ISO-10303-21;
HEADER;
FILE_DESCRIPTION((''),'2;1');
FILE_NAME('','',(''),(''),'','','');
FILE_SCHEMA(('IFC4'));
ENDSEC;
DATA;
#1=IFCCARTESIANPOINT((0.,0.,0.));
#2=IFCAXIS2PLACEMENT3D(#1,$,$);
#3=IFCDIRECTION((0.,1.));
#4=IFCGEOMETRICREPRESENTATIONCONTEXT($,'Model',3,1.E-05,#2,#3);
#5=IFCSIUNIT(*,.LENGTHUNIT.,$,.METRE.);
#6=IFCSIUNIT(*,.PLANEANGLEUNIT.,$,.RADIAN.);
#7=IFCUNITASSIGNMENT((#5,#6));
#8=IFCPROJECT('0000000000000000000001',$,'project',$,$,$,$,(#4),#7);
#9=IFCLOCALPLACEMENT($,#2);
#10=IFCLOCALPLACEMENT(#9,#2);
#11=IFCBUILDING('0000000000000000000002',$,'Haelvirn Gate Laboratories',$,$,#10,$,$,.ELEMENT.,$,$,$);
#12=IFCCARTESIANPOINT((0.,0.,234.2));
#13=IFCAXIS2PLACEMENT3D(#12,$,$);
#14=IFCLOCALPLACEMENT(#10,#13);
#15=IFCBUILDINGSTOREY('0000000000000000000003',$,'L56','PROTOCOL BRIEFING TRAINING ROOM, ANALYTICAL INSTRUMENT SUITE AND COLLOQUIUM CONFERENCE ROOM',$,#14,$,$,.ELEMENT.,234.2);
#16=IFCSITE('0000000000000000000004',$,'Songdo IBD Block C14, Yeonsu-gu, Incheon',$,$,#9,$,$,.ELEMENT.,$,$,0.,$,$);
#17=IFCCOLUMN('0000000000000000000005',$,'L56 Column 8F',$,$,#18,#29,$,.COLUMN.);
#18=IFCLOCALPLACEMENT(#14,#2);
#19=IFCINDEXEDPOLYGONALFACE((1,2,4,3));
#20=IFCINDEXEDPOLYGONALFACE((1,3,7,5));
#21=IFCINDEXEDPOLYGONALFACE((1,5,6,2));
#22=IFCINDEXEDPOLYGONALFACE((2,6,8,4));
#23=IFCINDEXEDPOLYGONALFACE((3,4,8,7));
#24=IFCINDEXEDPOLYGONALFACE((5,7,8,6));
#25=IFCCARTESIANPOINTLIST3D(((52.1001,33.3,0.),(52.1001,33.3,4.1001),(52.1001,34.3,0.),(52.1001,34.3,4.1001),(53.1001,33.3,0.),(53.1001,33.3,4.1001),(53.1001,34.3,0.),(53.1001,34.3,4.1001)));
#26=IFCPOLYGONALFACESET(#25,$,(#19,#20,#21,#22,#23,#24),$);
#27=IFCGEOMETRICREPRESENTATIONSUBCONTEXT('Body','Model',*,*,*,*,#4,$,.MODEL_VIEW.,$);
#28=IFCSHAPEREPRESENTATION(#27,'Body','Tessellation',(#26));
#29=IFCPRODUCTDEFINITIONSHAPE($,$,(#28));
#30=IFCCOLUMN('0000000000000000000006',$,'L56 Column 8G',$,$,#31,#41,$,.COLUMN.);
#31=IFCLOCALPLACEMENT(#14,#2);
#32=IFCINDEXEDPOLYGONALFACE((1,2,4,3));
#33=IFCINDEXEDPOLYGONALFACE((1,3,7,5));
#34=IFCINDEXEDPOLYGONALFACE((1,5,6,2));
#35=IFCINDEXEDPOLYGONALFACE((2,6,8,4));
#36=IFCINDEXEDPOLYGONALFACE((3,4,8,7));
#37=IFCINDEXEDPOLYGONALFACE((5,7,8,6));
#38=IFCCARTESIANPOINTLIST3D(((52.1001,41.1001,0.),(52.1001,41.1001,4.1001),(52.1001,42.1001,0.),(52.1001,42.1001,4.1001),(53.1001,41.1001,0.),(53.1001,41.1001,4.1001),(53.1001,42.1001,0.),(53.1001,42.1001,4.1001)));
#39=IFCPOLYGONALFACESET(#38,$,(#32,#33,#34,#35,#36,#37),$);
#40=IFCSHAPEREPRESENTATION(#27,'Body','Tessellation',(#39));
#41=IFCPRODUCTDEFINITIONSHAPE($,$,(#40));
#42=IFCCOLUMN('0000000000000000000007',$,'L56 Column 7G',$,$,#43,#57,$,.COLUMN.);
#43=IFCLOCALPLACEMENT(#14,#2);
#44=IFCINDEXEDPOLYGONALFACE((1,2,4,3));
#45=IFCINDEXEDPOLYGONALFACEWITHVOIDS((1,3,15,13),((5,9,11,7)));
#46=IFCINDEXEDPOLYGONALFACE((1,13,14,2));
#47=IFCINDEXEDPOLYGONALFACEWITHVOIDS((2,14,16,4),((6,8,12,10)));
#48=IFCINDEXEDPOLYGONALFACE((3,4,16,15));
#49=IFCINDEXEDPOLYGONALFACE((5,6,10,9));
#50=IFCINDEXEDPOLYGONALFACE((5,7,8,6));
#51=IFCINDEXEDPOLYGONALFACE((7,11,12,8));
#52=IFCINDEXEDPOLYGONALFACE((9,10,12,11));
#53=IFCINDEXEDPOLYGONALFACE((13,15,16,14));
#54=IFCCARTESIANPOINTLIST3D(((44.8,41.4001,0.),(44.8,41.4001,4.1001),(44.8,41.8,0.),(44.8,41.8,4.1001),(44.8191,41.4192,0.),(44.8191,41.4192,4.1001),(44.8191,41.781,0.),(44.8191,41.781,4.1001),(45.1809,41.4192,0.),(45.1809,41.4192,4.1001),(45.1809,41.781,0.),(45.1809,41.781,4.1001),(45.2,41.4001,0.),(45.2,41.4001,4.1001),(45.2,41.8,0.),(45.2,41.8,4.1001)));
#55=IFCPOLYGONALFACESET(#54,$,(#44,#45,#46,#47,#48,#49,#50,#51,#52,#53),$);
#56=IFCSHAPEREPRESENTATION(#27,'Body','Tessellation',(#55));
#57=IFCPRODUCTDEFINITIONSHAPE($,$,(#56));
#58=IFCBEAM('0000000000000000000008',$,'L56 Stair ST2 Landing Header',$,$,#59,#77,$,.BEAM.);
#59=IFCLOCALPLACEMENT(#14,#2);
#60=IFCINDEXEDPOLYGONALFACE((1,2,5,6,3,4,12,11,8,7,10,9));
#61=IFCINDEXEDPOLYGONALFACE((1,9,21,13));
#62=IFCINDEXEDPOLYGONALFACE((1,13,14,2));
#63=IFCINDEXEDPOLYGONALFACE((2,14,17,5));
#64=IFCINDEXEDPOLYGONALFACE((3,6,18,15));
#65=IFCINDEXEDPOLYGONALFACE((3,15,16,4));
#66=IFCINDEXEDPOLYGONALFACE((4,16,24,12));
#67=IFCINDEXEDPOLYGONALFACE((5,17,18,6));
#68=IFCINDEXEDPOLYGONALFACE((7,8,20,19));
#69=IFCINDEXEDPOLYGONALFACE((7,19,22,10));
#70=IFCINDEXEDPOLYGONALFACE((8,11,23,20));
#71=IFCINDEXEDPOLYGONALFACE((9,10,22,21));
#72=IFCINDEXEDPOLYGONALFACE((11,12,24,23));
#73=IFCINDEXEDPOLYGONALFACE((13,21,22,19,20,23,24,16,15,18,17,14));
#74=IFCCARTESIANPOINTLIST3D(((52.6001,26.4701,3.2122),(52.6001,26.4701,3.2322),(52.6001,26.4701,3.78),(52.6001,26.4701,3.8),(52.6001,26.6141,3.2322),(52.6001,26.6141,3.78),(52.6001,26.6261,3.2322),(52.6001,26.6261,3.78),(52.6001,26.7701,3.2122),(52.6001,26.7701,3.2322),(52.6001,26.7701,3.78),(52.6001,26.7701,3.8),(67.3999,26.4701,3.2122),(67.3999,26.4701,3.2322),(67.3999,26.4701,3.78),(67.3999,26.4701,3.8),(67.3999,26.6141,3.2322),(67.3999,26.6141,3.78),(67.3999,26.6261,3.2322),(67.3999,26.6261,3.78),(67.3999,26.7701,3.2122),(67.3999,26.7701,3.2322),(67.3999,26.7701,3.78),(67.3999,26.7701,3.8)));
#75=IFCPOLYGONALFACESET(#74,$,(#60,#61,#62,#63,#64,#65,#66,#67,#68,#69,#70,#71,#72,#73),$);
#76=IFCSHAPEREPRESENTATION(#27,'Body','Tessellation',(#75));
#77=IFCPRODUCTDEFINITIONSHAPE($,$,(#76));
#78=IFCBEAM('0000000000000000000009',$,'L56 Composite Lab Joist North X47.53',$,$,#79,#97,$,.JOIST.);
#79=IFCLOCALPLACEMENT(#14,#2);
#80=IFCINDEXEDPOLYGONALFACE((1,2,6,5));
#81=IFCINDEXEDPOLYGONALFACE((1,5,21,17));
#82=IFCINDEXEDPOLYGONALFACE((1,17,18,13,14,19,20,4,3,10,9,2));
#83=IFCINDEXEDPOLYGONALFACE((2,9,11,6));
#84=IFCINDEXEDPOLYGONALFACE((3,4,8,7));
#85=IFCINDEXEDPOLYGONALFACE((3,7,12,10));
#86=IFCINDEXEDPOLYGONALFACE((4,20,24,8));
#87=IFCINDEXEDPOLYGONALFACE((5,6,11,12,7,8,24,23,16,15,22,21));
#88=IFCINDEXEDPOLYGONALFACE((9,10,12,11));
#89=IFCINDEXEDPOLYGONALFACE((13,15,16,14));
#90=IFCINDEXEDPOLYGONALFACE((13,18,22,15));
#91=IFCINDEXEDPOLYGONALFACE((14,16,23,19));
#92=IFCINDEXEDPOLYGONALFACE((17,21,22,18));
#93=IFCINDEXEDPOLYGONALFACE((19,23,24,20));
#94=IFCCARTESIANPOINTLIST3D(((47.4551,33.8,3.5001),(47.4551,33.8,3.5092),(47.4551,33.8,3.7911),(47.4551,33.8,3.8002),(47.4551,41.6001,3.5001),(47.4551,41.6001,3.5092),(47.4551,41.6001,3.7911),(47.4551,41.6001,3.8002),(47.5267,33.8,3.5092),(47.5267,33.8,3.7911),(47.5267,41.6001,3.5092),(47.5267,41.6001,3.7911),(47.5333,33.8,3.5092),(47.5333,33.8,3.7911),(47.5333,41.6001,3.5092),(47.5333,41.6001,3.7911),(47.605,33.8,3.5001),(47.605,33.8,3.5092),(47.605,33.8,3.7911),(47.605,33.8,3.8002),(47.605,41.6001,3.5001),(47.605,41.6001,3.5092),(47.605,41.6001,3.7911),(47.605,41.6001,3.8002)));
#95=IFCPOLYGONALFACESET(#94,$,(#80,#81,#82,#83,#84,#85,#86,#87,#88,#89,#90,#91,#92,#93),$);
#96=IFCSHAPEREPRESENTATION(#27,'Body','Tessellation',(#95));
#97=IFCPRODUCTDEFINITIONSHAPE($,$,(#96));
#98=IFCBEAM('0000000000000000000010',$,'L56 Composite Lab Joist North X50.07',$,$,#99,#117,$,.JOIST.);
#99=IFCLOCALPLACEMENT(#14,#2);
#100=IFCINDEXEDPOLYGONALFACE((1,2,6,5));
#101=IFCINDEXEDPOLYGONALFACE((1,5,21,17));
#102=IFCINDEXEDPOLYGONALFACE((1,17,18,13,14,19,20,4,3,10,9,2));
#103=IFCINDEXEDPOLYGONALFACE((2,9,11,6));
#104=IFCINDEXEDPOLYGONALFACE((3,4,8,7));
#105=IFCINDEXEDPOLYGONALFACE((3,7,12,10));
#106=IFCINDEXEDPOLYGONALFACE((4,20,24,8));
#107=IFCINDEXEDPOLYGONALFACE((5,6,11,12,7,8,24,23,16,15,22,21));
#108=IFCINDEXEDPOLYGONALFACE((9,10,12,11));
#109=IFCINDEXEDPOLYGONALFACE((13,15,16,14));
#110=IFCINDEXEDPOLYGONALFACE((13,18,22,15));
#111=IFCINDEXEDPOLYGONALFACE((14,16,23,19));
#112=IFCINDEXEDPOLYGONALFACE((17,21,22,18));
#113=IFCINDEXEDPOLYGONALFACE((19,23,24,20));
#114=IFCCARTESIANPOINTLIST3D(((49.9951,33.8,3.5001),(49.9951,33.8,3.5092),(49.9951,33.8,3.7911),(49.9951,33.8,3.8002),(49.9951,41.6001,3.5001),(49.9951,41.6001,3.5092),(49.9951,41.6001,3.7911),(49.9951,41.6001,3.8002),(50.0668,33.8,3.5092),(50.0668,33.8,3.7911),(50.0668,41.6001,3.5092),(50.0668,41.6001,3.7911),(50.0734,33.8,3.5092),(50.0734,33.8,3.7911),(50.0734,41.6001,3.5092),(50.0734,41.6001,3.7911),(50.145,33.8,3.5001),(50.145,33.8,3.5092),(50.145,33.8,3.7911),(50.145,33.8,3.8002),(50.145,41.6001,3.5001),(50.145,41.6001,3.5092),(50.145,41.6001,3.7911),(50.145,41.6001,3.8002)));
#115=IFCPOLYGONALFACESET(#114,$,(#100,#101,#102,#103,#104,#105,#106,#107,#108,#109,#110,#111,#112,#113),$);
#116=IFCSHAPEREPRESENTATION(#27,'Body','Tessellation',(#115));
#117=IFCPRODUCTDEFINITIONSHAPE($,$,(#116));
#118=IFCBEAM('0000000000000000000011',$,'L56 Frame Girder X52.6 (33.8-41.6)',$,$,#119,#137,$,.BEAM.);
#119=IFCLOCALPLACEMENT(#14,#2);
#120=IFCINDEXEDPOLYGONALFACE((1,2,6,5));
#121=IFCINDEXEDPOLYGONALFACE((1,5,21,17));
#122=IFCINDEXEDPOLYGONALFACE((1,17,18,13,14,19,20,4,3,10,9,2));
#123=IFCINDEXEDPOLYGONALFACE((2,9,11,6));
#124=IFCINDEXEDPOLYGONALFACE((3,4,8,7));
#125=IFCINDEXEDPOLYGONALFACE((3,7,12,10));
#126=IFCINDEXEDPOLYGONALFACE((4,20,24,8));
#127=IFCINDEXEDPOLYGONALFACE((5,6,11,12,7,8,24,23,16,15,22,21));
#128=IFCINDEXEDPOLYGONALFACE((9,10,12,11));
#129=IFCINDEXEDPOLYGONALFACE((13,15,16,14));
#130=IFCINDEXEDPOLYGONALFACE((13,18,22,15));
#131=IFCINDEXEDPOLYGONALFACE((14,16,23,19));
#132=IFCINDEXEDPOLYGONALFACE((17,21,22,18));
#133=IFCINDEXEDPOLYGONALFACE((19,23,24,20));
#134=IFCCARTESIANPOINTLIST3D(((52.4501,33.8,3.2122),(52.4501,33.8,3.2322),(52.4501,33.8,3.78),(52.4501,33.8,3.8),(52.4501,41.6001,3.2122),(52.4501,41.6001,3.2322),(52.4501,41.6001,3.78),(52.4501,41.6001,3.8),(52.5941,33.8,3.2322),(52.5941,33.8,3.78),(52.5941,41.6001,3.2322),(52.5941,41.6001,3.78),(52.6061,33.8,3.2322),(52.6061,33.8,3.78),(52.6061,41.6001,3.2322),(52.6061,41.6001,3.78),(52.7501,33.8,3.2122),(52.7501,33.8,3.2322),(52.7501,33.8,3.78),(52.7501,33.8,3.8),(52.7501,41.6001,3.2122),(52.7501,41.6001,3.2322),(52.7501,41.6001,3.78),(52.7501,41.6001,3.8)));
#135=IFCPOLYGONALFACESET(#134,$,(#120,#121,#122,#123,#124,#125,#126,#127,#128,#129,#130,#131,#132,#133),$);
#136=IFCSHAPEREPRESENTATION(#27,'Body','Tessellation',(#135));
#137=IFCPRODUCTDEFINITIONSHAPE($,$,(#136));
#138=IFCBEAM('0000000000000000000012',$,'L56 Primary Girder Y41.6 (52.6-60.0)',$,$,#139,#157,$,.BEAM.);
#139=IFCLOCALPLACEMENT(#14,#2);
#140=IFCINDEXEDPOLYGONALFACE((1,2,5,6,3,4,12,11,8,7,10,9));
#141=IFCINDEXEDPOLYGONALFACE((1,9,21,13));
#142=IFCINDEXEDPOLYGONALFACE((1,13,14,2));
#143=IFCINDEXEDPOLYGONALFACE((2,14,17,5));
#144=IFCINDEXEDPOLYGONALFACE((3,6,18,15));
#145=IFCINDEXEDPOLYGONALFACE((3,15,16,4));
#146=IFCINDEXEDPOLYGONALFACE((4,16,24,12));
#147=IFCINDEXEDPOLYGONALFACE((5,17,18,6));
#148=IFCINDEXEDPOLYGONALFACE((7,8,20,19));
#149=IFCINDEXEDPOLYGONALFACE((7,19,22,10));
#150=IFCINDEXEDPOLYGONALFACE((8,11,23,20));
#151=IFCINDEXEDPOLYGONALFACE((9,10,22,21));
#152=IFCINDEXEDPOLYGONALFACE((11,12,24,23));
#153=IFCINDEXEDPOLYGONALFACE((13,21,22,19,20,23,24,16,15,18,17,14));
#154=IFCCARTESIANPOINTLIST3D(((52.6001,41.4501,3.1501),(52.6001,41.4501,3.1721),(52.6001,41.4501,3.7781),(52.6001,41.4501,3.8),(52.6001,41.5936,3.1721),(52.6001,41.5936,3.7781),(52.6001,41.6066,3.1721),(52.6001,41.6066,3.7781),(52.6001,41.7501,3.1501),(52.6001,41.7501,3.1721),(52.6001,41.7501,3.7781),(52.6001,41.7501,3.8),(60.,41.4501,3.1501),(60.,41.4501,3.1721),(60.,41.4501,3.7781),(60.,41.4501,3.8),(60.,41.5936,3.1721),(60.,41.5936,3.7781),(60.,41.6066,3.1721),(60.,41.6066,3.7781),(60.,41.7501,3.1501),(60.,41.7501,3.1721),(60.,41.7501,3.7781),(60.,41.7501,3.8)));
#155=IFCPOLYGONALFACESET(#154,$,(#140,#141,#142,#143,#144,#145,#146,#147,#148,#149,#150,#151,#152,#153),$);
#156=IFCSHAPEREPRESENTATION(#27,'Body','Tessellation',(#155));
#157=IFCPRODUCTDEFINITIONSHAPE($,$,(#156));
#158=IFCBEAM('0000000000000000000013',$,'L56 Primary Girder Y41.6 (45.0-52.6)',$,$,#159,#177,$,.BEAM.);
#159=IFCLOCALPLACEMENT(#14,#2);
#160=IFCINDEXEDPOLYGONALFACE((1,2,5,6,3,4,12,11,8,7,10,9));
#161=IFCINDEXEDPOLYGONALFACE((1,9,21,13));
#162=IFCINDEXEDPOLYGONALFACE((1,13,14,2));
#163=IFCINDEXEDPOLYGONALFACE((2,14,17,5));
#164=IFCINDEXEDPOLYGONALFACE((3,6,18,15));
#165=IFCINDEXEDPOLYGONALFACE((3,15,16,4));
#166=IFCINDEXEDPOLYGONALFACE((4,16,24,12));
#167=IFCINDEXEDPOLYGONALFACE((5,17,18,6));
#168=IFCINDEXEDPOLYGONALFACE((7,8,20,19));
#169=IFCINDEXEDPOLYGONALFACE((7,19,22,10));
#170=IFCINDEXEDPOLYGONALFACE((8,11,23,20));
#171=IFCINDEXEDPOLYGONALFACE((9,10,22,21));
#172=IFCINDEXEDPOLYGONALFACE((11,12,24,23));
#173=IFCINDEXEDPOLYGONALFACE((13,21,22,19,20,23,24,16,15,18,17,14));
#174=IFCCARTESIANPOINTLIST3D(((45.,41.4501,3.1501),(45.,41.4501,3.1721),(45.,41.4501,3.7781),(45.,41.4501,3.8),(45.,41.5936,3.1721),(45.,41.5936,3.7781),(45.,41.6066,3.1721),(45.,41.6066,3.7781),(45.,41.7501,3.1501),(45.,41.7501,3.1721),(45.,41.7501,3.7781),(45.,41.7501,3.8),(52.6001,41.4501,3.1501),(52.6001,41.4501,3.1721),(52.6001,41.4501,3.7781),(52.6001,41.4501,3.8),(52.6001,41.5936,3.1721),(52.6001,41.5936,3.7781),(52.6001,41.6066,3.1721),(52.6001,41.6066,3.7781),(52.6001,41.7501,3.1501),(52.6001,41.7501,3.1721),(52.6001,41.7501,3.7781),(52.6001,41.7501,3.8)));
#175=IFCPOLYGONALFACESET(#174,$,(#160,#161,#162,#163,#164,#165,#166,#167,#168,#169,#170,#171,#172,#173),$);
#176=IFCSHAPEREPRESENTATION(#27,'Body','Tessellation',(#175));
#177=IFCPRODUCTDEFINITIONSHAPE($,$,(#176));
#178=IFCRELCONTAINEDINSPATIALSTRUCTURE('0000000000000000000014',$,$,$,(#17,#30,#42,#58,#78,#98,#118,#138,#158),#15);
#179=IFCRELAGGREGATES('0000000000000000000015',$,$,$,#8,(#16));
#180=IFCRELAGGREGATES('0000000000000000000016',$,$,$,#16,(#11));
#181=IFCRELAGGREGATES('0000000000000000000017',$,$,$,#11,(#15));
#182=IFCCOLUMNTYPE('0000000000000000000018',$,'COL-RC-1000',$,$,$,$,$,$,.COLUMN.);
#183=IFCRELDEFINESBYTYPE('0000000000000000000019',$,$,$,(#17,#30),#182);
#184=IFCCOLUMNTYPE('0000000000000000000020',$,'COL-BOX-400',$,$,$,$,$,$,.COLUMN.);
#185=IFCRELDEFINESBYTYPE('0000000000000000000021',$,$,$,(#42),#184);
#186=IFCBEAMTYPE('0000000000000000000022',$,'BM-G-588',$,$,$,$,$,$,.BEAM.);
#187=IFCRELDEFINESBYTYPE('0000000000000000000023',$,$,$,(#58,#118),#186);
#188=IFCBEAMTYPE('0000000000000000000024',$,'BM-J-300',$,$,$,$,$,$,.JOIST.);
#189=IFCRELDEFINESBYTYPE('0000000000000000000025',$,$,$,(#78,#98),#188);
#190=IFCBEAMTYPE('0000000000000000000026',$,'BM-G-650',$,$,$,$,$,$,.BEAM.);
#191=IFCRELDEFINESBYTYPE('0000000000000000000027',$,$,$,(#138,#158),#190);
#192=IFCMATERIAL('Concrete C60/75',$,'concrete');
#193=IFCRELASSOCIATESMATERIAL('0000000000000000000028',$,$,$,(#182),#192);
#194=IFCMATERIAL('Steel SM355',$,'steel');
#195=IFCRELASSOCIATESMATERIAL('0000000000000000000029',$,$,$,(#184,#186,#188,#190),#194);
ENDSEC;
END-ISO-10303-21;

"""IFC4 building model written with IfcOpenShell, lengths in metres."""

from ifc_helpers import new_model, si_unit, direction, frame, origin, origin_2d, place, context, subcontext, project, spatial, rectangle, hollow_rectangle, i_section, extrude, source, transform, mapped, material, material_profile, profile_set, type_object, type_shapes, element, save


model = new_model("IFC4")

# Units and contexts
model_context = context("Model", 3, precision=1e-05, world=origin(), true_north=direction((0.0, 1.0)))
body_context = subcontext(model_context, "Body", "Model", "MODEL_VIEW")
ifc_project = project(units=[si_unit("LENGTHUNIT", "METRE"), si_unit("PLANEANGLEUNIT", "RADIAN")], contexts=[model_context])

# Site, building, storey
site_placement = place(None, origin())
site = spatial("IfcSite", under=ifc_project, at=site_placement, Name="Songdo IBD Block C14, Yeonsu-gu, Incheon", CompositionType="ELEMENT", RefElevation=0.0)
building_placement = place(site_placement, origin())
building = spatial("IfcBuilding", under=site, at=building_placement, Name="Haelvirn Gate Laboratories", CompositionType="ELEMENT")
storey_placement = place(building_placement, frame((0.0, 0.0, 234.2)))
storey = spatial("IfcBuildingStorey", under=building, at=storey_placement, Name="L56", Description="PROTOCOL BRIEFING TRAINING ROOM, ANALYTICAL INSTRUMENT SUITE AND COLLOQUIUM CONFERENCE ROOM", CompositionType="ELEMENT", Elevation=234.2)

# Columns
ifc_material_1 = material(Name="Concrete C60/75", Category="concrete")
ifc_material_profile_1 = material_profile(ifc_material_1, rectangle(XDim=1.0, YDim=1.0, at=origin_2d()), Name="RC-1000x1000")
ifc_profile_set_1 = profile_set([ifc_material_profile_1], Name="Concrete C60/75")
column_type_1 = type_object("IfcColumnType", Name="COL-RC-1000", PredefinedType="COLUMN", material=ifc_profile_set_1)
shared_shape_1 = source(origin(), body_context, "Body", "SweptSolid", [
    extrude(rectangle(XDim=1.0, YDim=1.0, at=origin_2d()), origin(), (0.0, 0.0, 1.0), 4.1001),
])
type_shapes(column_type_1, [shared_shape_1])
for number, where, z_axis, x_axis, name in (
    (1, (52.6001, 33.8, 0.0), (0.0, 0.0, 1.0), (1.0, 0.0, 0.0), "L56 Column 8F"),
    (2, (52.6001, 41.6001, 0.0), (0.0, 0.0, 1.0), (1.0, 0.0, 0.0), "L56 Column 8G"),
):
    element("IfcColumn", number, at=place(storey_placement, frame(where, z_axis=z_axis, x_axis=x_axis)), inside=storey, type_object=column_type_1, Name=name, PredefinedType="COLUMN", context=body_context, shape_type="MappedRepresentation", body=[
        mapped(shared_shape_1, transform((0.0, 0.0, 0.0), scale=1.0)),
    ])
ifc_material_2 = material(Name="Steel SM355", Category="steel")
ifc_material_profile_2 = material_profile(ifc_material_2, hollow_rectangle(XDim=0.3999, YDim=0.3999, WallThickness=0.019, at=origin_2d()), Name="BOX-400x400x19")
ifc_profile_set_2 = profile_set([ifc_material_profile_2], Name="Steel SM355")
column_type_2 = type_object("IfcColumnType", Name="COL-BOX-400", PredefinedType="COLUMN", material=ifc_profile_set_2)
shared_shape_2 = source(origin(), body_context, "Body", "SweptSolid", [
    extrude(hollow_rectangle(XDim=0.3999, YDim=0.3999, WallThickness=0.019, at=origin_2d()), origin(), (0.0, 0.0, 1.0), 4.1001),
])
type_shapes(column_type_2, [shared_shape_2])
column_placement = place(storey_placement, frame((45.0, 41.6001, 0.0), z_axis=(0.0, 0.0, 1.0), x_axis=(1.0, 0.0, 0.0)))
element("IfcColumn", 3, at=column_placement, inside=storey, type_object=column_type_2, Name="L56 Column 7G", PredefinedType="COLUMN", context=body_context, shape_type="MappedRepresentation", body=[
    mapped(shared_shape_2, transform((0.0, 0.0, 0.0), scale=1.0)),
])

# Beams
ifc_material_profile_3 = material_profile(ifc_material_2, i_section(OverallWidth=0.3, OverallDepth=0.5879, WebThickness=0.012, FlangeThickness=0.02, at=origin_2d()), Name="H-588x300x12x20")
ifc_profile_set_3 = profile_set([ifc_material_profile_3], Name="Steel SM355")
beam_type_1 = type_object("IfcBeamType", Name="BM-G-588", PredefinedType="BEAM", material=ifc_profile_set_3)
shared_shape_3 = source(origin(), body_context, "Body", "SweptSolid", [
    extrude(i_section(OverallWidth=0.3, OverallDepth=0.5879, WebThickness=0.012, FlangeThickness=0.02, at=origin_2d()), origin(), (0.0, 0.0, 1.0), 14.7998),
])
beam_1_placement = place(storey_placement, frame((52.6001, 26.6201, 3.5061), z_axis=(1.0, 0.0, 0.0), x_axis=(0.0, 1.0, 0.0)))
element("IfcBeam", 4, at=beam_1_placement, inside=storey, type_object=beam_type_1, Name="L56 Stair ST2 Landing Header", PredefinedType="BEAM", context=body_context, shape_type="MappedRepresentation", body=[
    mapped(shared_shape_3, transform((0.0, 0.0, 0.0), scale=1.0)),
])
ifc_material_profile_4 = material_profile(ifc_material_2, i_section(OverallWidth=0.1499, OverallDepth=0.3, WebThickness=0.0066, FlangeThickness=0.009, at=origin_2d()), Name="H-300x150x6.5x9")
ifc_profile_set_4 = profile_set([ifc_material_profile_4], Name="Steel SM355")
beam_type_2 = type_object("IfcBeamType", Name="BM-J-300", PredefinedType="JOIST", material=ifc_profile_set_4)
shared_shape_4 = source(origin(), body_context, "Body", "SweptSolid", [
    extrude(i_section(OverallWidth=0.1499, OverallDepth=0.3, WebThickness=0.0066, FlangeThickness=0.009, at=origin_2d()), origin(), (0.0, 0.0, 1.0), 7.8),
])
type_shapes(beam_type_2, [shared_shape_4])
for number, where, z_axis, x_axis, name in (
    (5, (47.53, 33.8, 3.6501), (0.0, 1.0, 0.0), (-1.0, 0.0, 0.0), "L56 Composite Lab Joist North X47.53"),
    (6, (50.0701, 33.8, 3.6501), (0.0, 1.0, 0.0), (-1.0, 0.0, 0.0), "L56 Composite Lab Joist North X50.07"),
):
    element("IfcBeam", number, at=place(storey_placement, frame(where, z_axis=z_axis, x_axis=x_axis)), inside=storey, type_object=beam_type_2, Name=name, PredefinedType="JOIST", context=body_context, shape_type="MappedRepresentation", body=[
        mapped(shared_shape_4, transform((0.0, 0.0, 0.0), scale=1.0)),
    ])
shared_shape_5 = source(origin(), body_context, "Body", "SweptSolid", [
    extrude(i_section(OverallWidth=0.3, OverallDepth=0.5879, WebThickness=0.012, FlangeThickness=0.02, at=origin_2d()), origin(), (0.0, 0.0, 1.0), 7.8),
])
type_shapes(beam_type_1, [shared_shape_3, shared_shape_5])
beam_2_placement = place(storey_placement, frame((52.6001, 33.8, 3.5061), z_axis=(0.0, 1.0, 0.0), x_axis=(-1.0, 0.0, 0.0)))
element("IfcBeam", 7, at=beam_2_placement, inside=storey, type_object=beam_type_1, Name="L56 Frame Girder X52.6 (33.8-41.6)", PredefinedType="BEAM", context=body_context, shape_type="MappedRepresentation", body=[
    mapped(shared_shape_5, transform((0.0, 0.0, 0.0), scale=1.0)),
])
ifc_material_profile_5 = material_profile(ifc_material_2, i_section(OverallWidth=0.3, OverallDepth=0.6499, WebThickness=0.0129, FlangeThickness=0.022, at=origin_2d()), Name="H-650x300x13x22")
ifc_profile_set_5 = profile_set([ifc_material_profile_5], Name="Steel SM355")
beam_type_3 = type_object("IfcBeamType", Name="BM-G-650", PredefinedType="BEAM", material=ifc_profile_set_5)
shared_shape_6 = source(origin(), body_context, "Body", "SweptSolid", [
    extrude(i_section(OverallWidth=0.3, OverallDepth=0.6499, WebThickness=0.0129, FlangeThickness=0.022, at=origin_2d()), origin(), (0.0, 0.0, 1.0), 7.3999),
])
beam_3_placement = place(storey_placement, frame((52.6001, 41.6001, 3.4751), z_axis=(1.0, 0.0, 0.0), x_axis=(0.0, 1.0, 0.0)))
element("IfcBeam", 8, at=beam_3_placement, inside=storey, type_object=beam_type_3, Name="L56 Primary Girder Y41.6 (52.6-60.0)", PredefinedType="BEAM", context=body_context, shape_type="MappedRepresentation", body=[
    mapped(shared_shape_6, transform((0.0, 0.0, 0.0), scale=1.0)),
])
shared_shape_7 = source(origin(), body_context, "Body", "SweptSolid", [
    extrude(i_section(OverallWidth=0.3, OverallDepth=0.6499, WebThickness=0.0129, FlangeThickness=0.022, at=origin_2d()), origin(), (0.0, 0.0, 1.0), 7.6001),
])
type_shapes(beam_type_3, [shared_shape_6, shared_shape_7])
beam_4_placement = place(storey_placement, frame((45.0, 41.6001, 3.4751), z_axis=(1.0, 0.0, 0.0), x_axis=(0.0, 1.0, 0.0)))
element("IfcBeam", 9, at=beam_4_placement, inside=storey, type_object=beam_type_3, Name="L56 Primary Girder Y41.6 (45.0-52.6)", PredefinedType="BEAM", context=body_context, shape_type="MappedRepresentation", body=[
    mapped(shared_shape_7, transform((0.0, 0.0, 0.0), scale=1.0)),
])

save(model, "model.ifc")
